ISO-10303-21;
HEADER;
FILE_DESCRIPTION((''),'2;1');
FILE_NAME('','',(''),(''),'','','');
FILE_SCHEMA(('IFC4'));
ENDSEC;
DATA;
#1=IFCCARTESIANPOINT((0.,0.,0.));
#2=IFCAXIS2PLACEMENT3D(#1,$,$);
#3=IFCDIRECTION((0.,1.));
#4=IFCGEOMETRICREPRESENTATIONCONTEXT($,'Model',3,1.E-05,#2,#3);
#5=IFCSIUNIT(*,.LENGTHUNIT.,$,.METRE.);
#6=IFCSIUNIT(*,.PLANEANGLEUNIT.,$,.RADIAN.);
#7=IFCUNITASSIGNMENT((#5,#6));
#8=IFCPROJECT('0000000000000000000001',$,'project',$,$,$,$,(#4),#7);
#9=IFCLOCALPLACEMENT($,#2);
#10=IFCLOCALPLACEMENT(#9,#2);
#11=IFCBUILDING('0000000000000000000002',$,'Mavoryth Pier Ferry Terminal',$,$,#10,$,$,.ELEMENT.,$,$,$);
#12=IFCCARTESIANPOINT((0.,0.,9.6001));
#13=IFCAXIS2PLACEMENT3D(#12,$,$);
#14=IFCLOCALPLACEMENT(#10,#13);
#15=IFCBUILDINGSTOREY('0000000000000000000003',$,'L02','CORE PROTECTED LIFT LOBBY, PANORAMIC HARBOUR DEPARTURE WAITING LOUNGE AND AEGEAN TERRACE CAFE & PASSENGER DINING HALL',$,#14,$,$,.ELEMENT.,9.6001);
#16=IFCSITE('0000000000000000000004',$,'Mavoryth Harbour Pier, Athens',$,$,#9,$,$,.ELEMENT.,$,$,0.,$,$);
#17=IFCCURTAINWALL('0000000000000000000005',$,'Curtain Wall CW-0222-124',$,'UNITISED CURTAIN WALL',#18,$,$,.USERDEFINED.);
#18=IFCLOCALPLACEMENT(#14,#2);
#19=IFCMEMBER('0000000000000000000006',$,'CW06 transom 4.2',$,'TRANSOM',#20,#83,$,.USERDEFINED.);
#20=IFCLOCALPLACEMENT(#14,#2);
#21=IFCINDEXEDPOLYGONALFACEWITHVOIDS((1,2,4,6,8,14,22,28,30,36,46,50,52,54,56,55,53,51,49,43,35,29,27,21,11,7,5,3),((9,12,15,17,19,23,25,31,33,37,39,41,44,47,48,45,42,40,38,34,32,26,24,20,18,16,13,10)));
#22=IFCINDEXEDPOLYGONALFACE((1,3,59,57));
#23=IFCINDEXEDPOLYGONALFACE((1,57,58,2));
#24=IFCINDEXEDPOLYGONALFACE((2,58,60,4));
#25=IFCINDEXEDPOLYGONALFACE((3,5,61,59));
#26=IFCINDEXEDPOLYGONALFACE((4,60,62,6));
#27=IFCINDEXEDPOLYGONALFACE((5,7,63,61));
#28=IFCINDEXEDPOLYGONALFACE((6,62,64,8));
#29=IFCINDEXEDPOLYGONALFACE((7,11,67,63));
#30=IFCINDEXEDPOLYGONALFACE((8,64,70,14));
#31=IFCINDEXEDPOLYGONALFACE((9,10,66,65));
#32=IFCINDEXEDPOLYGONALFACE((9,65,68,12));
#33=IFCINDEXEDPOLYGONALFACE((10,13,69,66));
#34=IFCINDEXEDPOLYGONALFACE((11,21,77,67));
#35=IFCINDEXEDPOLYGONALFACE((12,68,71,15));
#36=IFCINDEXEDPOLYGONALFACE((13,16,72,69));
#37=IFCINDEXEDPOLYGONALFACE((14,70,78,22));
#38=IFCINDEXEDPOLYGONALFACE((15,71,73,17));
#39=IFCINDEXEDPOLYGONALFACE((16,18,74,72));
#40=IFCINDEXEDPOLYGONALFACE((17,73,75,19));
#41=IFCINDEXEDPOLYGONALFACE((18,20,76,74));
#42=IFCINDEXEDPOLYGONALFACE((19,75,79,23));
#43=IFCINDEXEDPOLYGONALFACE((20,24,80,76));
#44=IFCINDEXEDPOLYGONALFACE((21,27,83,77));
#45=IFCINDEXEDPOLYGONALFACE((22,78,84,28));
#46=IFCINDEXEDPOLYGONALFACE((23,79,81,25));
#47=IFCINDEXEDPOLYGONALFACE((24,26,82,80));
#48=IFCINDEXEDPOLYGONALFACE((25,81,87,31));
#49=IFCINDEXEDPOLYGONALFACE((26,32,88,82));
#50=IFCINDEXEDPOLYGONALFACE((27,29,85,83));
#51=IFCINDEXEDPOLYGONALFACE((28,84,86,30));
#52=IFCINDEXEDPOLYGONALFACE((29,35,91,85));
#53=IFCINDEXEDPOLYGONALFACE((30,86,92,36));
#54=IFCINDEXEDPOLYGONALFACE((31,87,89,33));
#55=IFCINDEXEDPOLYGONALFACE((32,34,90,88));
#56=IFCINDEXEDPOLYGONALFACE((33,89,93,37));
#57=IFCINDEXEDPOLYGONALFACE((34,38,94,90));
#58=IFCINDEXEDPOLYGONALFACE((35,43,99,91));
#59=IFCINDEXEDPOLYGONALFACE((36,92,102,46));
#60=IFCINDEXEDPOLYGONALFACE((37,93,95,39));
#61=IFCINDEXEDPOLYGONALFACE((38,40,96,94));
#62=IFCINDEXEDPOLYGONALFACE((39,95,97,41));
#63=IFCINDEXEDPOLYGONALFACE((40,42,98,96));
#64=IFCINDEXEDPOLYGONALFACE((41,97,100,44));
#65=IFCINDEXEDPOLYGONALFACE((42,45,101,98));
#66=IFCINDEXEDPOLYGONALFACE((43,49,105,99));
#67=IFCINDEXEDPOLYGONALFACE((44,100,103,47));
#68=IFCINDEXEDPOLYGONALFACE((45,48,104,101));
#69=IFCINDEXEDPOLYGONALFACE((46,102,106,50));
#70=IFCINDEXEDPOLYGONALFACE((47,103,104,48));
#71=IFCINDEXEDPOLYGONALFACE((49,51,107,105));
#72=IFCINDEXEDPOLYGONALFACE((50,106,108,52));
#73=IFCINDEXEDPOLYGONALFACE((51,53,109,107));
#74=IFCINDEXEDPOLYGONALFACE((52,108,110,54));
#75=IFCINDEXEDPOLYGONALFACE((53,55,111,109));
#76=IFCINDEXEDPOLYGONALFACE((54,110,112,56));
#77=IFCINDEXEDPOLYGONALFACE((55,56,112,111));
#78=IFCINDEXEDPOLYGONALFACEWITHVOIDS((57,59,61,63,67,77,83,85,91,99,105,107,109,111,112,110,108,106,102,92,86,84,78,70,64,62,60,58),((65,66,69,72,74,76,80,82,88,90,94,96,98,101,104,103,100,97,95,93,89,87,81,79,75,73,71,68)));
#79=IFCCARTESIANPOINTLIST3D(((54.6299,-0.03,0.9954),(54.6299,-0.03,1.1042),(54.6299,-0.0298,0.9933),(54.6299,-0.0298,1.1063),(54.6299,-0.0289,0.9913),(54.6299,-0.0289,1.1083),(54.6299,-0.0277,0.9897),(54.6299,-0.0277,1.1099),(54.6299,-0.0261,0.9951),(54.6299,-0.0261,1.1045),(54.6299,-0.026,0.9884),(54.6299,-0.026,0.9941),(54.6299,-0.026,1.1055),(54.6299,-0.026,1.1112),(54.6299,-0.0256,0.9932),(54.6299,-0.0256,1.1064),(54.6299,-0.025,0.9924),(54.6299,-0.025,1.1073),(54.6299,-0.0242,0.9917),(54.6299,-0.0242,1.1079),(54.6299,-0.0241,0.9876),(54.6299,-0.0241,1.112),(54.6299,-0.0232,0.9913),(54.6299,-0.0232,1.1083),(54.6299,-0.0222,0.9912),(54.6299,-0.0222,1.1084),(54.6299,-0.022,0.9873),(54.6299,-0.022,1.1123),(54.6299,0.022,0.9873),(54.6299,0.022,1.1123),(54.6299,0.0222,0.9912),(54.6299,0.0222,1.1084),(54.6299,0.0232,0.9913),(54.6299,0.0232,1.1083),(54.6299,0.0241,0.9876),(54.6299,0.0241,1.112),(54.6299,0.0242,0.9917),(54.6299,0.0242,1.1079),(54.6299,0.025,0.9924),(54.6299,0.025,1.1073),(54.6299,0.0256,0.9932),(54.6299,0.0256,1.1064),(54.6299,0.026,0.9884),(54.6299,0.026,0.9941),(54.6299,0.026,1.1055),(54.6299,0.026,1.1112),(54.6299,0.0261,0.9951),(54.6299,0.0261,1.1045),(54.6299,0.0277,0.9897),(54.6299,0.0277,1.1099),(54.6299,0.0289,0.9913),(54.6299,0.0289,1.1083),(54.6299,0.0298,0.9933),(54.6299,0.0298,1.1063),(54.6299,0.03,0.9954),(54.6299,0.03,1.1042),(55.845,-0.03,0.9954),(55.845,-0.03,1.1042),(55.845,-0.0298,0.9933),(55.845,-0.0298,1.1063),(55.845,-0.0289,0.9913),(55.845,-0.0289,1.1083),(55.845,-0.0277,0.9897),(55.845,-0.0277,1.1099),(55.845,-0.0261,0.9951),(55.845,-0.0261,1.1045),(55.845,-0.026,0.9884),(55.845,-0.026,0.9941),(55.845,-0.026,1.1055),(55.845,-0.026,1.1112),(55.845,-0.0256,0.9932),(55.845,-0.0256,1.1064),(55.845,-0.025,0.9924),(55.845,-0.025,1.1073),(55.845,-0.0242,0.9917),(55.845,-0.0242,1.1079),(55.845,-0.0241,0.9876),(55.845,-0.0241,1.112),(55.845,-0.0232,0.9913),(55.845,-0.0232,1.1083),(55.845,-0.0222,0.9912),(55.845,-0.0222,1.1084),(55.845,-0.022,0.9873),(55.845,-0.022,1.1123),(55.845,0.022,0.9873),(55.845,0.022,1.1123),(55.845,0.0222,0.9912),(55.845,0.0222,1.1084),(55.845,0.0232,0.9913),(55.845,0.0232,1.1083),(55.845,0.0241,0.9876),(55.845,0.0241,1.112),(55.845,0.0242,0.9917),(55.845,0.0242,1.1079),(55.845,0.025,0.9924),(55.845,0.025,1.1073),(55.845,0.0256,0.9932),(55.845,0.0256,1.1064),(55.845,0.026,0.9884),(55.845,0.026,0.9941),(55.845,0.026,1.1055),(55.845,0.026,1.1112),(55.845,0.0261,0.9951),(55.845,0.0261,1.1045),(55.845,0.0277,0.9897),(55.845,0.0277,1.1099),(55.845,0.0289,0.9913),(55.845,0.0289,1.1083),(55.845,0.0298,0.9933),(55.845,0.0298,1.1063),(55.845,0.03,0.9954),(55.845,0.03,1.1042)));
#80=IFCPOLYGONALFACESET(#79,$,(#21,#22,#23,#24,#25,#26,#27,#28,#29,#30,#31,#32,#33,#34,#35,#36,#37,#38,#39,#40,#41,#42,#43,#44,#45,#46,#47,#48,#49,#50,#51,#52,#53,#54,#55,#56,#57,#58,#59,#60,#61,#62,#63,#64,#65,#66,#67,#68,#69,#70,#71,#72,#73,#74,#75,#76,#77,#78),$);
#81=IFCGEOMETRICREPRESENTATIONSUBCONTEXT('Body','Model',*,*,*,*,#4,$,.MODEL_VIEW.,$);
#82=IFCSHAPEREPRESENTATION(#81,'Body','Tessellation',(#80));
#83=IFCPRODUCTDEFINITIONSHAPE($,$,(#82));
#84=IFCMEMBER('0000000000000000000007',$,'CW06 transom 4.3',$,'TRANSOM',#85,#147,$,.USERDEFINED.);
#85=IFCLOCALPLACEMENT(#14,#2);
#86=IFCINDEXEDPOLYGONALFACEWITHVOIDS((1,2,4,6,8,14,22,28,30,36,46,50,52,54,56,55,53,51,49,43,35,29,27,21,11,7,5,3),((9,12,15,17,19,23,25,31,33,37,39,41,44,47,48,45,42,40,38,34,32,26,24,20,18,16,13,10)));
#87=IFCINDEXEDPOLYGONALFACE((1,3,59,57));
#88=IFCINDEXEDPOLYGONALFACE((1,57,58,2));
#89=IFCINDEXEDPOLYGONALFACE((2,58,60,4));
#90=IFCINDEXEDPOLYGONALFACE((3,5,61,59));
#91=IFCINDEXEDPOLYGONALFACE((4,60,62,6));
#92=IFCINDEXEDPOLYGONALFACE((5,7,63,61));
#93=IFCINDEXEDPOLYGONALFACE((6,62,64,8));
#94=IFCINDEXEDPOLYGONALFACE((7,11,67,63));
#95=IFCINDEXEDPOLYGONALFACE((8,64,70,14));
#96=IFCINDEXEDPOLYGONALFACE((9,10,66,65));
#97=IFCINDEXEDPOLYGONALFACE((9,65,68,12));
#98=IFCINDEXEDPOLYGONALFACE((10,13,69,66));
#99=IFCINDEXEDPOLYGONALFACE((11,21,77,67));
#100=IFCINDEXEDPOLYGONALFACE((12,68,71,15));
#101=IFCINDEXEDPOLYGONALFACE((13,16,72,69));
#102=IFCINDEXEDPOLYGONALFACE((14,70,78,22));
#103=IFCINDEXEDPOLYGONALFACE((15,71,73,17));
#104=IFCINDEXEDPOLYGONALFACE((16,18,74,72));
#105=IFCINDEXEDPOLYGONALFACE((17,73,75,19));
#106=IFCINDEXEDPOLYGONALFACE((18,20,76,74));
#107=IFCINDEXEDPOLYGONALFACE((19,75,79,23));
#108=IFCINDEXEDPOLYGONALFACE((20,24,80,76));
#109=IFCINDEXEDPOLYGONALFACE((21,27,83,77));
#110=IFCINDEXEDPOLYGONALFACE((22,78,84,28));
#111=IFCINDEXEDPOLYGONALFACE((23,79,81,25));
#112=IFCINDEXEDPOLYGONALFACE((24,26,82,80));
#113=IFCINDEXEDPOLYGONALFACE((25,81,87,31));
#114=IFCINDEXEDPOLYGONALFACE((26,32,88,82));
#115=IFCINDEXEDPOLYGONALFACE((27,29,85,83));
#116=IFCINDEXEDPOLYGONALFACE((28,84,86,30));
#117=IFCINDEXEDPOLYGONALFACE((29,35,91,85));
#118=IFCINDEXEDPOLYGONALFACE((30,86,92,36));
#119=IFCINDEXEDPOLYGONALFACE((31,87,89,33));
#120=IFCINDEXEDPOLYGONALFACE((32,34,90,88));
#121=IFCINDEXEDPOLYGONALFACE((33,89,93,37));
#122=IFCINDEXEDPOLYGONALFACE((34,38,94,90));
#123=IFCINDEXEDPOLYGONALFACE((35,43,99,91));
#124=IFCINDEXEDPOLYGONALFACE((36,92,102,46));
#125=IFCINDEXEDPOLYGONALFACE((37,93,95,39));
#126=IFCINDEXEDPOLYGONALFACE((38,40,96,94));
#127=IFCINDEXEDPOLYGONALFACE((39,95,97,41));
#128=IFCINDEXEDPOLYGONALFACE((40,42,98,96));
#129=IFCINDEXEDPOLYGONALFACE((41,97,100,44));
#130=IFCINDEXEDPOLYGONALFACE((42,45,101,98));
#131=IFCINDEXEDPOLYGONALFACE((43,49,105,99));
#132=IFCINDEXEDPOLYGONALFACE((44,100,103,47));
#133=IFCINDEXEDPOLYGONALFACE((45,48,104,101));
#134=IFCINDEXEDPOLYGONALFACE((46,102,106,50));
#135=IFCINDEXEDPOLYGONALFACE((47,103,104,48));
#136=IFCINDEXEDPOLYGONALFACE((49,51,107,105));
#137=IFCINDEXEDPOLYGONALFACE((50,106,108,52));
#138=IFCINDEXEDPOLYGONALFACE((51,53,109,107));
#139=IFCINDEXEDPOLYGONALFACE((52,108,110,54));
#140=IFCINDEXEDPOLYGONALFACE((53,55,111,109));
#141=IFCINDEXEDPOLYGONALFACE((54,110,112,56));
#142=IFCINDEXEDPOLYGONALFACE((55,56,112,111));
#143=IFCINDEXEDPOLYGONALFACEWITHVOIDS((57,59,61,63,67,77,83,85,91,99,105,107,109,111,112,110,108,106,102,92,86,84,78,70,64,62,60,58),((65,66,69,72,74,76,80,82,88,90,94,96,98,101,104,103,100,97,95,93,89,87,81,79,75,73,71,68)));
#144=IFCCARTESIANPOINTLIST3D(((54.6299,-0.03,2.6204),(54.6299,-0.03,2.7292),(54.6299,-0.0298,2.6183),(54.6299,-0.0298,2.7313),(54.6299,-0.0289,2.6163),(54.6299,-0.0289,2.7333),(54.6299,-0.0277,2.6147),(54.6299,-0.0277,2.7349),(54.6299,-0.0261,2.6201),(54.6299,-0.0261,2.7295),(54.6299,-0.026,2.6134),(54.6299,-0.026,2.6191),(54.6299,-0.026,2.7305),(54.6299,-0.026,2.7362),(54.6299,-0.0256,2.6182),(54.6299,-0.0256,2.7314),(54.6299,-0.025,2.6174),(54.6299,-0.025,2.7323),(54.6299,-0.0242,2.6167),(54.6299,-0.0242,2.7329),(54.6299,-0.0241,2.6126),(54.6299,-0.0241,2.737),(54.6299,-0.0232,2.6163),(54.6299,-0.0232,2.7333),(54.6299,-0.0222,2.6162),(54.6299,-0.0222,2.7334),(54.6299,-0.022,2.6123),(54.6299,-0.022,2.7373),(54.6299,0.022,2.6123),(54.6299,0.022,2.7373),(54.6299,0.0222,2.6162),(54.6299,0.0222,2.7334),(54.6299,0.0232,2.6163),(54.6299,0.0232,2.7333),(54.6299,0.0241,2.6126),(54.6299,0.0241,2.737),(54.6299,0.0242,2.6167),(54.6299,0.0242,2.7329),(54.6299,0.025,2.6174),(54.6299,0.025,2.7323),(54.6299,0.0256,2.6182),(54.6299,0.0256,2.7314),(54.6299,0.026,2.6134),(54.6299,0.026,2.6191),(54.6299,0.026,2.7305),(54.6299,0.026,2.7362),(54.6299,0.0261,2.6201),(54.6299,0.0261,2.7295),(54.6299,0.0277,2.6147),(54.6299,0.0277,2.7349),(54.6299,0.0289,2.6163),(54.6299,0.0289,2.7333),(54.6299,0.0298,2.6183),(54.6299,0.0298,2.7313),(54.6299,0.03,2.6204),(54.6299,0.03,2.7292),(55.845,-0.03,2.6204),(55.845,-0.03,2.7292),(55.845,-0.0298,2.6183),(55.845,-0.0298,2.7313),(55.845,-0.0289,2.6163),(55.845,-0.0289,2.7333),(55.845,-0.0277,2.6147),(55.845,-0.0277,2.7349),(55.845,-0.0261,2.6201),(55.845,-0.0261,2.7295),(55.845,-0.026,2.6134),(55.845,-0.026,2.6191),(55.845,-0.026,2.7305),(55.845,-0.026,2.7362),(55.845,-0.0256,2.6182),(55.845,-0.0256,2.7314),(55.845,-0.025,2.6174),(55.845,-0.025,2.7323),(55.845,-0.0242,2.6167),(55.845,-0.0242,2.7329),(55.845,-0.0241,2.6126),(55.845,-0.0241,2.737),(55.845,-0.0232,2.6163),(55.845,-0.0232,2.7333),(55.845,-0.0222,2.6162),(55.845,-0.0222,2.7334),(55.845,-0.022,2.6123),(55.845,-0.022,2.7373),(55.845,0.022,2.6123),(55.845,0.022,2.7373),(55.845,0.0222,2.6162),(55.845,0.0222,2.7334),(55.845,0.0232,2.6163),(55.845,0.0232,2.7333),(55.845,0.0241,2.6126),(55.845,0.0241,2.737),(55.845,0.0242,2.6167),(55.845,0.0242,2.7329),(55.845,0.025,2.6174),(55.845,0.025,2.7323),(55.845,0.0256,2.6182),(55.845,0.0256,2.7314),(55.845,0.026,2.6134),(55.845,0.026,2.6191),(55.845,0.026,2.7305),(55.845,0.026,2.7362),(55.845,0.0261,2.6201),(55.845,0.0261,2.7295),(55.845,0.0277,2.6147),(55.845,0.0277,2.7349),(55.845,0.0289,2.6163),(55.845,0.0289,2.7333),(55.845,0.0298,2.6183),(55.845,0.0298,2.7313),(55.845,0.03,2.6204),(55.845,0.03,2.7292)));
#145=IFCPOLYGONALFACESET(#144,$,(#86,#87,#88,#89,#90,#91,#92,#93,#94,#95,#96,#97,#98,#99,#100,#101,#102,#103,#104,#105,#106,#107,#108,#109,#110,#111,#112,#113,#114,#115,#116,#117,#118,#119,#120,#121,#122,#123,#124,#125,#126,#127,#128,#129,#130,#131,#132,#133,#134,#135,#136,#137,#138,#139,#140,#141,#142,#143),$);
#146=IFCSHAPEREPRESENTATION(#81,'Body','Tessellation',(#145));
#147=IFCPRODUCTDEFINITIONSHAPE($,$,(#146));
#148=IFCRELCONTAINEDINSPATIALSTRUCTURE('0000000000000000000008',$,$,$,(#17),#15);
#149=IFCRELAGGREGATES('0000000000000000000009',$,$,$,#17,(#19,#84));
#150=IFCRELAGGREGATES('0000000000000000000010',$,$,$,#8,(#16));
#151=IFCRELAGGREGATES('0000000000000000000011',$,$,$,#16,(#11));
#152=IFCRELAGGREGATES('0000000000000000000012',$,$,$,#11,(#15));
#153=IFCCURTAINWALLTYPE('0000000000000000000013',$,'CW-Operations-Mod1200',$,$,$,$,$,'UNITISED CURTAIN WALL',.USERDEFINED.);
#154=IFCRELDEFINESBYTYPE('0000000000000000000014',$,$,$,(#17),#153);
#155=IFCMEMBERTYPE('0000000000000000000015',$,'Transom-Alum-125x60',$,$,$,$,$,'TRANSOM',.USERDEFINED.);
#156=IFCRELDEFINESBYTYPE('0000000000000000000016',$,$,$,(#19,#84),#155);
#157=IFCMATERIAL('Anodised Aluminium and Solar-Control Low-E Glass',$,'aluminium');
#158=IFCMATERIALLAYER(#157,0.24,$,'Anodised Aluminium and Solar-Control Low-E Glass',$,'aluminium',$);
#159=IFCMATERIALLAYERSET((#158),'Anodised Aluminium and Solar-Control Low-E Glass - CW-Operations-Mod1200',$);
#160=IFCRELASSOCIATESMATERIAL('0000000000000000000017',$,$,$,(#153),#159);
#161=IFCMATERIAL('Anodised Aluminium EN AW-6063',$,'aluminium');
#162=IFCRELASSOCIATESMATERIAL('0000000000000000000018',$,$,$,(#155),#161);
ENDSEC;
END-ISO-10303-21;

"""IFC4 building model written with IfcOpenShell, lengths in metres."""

from ifc_helpers import new_model, si_unit, direction, frame, origin, origin_2d, place, context, subcontext, project, spatial, hollow_rectangle, extrude, material, layer, layer_set, material_profile, profile_set, type_object, element, aggregate, save


model = new_model("IFC4")

# Units and contexts
model_context = context("Model", 3, precision=1e-05, world=origin(), true_north=direction((0.0, 1.0)))
body_context = subcontext(model_context, "Body", "Model", "MODEL_VIEW")
ifc_project = project(units=[si_unit("LENGTHUNIT", "METRE"), si_unit("PLANEANGLEUNIT", "RADIAN")], contexts=[model_context])

# Site, building, storey
site_placement = place(None, origin())
site = spatial("IfcSite", under=ifc_project, at=site_placement, Name="Mavoryth Harbour Pier, Athens", CompositionType="ELEMENT", RefElevation=0.0)
building_placement = place(site_placement, origin())
building = spatial("IfcBuilding", under=site, at=building_placement, Name="Mavoryth Pier Ferry Terminal", CompositionType="ELEMENT")
storey_placement = place(building_placement, frame((0.0, 0.0, 9.6001)))
storey = spatial("IfcBuildingStorey", under=building, at=storey_placement, Name="L02", Description="CORE PROTECTED LIFT LOBBY, PANORAMIC HARBOUR DEPARTURE WAITING LOUNGE AND AEGEAN TERRACE CAFE & PASSENGER DINING HALL", CompositionType="ELEMENT", Elevation=9.6001)

# Curtain wall
ifc_material_1 = material(Name="Anodised Aluminium and Solar-Control Low-E Glass", Category="aluminium")
ifc_layer_1 = layer(ifc_material_1, 0.24, Name="Anodised Aluminium and Solar-Control Low-E Glass", Category="aluminium")
ifc_layer_set_1 = layer_set([ifc_layer_1], Name="Anodised Aluminium and Solar-Control Low-E Glass - CW-Operations-Mod1200")
curtain_wall_type = type_object("IfcCurtainWallType", Name="CW-Operations-Mod1200", ElementType="UNITISED CURTAIN WALL", PredefinedType="USERDEFINED", material=ifc_layer_set_1)
curtain_wall_placement = place(storey_placement, origin())
curtain_wall = element("IfcCurtainWall", 1, at=curtain_wall_placement, inside=storey, type_object=curtain_wall_type, Name="Curtain Wall CW-0222-124", ObjectType="UNITISED CURTAIN WALL", PredefinedType="USERDEFINED")
ifc_material_2 = material(Name="Anodised Aluminium EN AW-6063", Category="aluminium")

# Members
ifc_material_profile_1 = material_profile(ifc_material_2, hollow_rectangle(XDim=0.0601, YDim=0.125, WallThickness=0.0039, InnerFilletRadius=0.0039, OuterFilletRadius=0.0081, at=origin_2d()), Name="AL-TRAN 125x60x4", Category="aluminium")
ifc_profile_set_1 = profile_set([ifc_material_profile_1], Name="Anodised Aluminium EN AW-6063 - AL-TRAN 125x60x4")
member_type_1 = type_object("IfcMemberType", Name="Transom-Alum-125x60", ElementType="TRANSOM", PredefinedType="USERDEFINED", material=ifc_profile_set_1)
member_1_placement = place(storey_placement, frame((54.6299, 0.0, 1.0498), z_axis=(1.0, 0.0, 0.0), x_axis=(0.0, 1.0, 0.0)))
member_1 = element("IfcMember", 2, at=member_1_placement, type_object=member_type_1, Name="CW06 transom 4.2", ObjectType="TRANSOM", PredefinedType="USERDEFINED", context=body_context, shape_type="SweptSolid", body=[
    extrude(hollow_rectangle(XDim=0.0601, YDim=0.125, WallThickness=0.0039, InnerFilletRadius=0.0039, OuterFilletRadius=0.0081, at=origin_2d()), origin(), (0.0, 0.0, 1.0), 1.2151),
])
member_2_placement = place(storey_placement, frame((54.6299, 0.0, 2.6748), z_axis=(1.0, 0.0, 0.0), x_axis=(0.0, 1.0, 0.0)))
member_2 = element("IfcMember", 3, at=member_2_placement, type_object=member_type_1, Name="CW06 transom 4.3", ObjectType="TRANSOM", PredefinedType="USERDEFINED", context=body_context, shape_type="SweptSolid", body=[
    extrude(hollow_rectangle(XDim=0.0601, YDim=0.125, WallThickness=0.0039, InnerFilletRadius=0.0039, OuterFilletRadius=0.0081, at=origin_2d()), origin(), (0.0, 0.0, 1.0), 1.2151),
])

aggregate(curtain_wall, [member_1, member_2])

save(model, "model.ifc")
